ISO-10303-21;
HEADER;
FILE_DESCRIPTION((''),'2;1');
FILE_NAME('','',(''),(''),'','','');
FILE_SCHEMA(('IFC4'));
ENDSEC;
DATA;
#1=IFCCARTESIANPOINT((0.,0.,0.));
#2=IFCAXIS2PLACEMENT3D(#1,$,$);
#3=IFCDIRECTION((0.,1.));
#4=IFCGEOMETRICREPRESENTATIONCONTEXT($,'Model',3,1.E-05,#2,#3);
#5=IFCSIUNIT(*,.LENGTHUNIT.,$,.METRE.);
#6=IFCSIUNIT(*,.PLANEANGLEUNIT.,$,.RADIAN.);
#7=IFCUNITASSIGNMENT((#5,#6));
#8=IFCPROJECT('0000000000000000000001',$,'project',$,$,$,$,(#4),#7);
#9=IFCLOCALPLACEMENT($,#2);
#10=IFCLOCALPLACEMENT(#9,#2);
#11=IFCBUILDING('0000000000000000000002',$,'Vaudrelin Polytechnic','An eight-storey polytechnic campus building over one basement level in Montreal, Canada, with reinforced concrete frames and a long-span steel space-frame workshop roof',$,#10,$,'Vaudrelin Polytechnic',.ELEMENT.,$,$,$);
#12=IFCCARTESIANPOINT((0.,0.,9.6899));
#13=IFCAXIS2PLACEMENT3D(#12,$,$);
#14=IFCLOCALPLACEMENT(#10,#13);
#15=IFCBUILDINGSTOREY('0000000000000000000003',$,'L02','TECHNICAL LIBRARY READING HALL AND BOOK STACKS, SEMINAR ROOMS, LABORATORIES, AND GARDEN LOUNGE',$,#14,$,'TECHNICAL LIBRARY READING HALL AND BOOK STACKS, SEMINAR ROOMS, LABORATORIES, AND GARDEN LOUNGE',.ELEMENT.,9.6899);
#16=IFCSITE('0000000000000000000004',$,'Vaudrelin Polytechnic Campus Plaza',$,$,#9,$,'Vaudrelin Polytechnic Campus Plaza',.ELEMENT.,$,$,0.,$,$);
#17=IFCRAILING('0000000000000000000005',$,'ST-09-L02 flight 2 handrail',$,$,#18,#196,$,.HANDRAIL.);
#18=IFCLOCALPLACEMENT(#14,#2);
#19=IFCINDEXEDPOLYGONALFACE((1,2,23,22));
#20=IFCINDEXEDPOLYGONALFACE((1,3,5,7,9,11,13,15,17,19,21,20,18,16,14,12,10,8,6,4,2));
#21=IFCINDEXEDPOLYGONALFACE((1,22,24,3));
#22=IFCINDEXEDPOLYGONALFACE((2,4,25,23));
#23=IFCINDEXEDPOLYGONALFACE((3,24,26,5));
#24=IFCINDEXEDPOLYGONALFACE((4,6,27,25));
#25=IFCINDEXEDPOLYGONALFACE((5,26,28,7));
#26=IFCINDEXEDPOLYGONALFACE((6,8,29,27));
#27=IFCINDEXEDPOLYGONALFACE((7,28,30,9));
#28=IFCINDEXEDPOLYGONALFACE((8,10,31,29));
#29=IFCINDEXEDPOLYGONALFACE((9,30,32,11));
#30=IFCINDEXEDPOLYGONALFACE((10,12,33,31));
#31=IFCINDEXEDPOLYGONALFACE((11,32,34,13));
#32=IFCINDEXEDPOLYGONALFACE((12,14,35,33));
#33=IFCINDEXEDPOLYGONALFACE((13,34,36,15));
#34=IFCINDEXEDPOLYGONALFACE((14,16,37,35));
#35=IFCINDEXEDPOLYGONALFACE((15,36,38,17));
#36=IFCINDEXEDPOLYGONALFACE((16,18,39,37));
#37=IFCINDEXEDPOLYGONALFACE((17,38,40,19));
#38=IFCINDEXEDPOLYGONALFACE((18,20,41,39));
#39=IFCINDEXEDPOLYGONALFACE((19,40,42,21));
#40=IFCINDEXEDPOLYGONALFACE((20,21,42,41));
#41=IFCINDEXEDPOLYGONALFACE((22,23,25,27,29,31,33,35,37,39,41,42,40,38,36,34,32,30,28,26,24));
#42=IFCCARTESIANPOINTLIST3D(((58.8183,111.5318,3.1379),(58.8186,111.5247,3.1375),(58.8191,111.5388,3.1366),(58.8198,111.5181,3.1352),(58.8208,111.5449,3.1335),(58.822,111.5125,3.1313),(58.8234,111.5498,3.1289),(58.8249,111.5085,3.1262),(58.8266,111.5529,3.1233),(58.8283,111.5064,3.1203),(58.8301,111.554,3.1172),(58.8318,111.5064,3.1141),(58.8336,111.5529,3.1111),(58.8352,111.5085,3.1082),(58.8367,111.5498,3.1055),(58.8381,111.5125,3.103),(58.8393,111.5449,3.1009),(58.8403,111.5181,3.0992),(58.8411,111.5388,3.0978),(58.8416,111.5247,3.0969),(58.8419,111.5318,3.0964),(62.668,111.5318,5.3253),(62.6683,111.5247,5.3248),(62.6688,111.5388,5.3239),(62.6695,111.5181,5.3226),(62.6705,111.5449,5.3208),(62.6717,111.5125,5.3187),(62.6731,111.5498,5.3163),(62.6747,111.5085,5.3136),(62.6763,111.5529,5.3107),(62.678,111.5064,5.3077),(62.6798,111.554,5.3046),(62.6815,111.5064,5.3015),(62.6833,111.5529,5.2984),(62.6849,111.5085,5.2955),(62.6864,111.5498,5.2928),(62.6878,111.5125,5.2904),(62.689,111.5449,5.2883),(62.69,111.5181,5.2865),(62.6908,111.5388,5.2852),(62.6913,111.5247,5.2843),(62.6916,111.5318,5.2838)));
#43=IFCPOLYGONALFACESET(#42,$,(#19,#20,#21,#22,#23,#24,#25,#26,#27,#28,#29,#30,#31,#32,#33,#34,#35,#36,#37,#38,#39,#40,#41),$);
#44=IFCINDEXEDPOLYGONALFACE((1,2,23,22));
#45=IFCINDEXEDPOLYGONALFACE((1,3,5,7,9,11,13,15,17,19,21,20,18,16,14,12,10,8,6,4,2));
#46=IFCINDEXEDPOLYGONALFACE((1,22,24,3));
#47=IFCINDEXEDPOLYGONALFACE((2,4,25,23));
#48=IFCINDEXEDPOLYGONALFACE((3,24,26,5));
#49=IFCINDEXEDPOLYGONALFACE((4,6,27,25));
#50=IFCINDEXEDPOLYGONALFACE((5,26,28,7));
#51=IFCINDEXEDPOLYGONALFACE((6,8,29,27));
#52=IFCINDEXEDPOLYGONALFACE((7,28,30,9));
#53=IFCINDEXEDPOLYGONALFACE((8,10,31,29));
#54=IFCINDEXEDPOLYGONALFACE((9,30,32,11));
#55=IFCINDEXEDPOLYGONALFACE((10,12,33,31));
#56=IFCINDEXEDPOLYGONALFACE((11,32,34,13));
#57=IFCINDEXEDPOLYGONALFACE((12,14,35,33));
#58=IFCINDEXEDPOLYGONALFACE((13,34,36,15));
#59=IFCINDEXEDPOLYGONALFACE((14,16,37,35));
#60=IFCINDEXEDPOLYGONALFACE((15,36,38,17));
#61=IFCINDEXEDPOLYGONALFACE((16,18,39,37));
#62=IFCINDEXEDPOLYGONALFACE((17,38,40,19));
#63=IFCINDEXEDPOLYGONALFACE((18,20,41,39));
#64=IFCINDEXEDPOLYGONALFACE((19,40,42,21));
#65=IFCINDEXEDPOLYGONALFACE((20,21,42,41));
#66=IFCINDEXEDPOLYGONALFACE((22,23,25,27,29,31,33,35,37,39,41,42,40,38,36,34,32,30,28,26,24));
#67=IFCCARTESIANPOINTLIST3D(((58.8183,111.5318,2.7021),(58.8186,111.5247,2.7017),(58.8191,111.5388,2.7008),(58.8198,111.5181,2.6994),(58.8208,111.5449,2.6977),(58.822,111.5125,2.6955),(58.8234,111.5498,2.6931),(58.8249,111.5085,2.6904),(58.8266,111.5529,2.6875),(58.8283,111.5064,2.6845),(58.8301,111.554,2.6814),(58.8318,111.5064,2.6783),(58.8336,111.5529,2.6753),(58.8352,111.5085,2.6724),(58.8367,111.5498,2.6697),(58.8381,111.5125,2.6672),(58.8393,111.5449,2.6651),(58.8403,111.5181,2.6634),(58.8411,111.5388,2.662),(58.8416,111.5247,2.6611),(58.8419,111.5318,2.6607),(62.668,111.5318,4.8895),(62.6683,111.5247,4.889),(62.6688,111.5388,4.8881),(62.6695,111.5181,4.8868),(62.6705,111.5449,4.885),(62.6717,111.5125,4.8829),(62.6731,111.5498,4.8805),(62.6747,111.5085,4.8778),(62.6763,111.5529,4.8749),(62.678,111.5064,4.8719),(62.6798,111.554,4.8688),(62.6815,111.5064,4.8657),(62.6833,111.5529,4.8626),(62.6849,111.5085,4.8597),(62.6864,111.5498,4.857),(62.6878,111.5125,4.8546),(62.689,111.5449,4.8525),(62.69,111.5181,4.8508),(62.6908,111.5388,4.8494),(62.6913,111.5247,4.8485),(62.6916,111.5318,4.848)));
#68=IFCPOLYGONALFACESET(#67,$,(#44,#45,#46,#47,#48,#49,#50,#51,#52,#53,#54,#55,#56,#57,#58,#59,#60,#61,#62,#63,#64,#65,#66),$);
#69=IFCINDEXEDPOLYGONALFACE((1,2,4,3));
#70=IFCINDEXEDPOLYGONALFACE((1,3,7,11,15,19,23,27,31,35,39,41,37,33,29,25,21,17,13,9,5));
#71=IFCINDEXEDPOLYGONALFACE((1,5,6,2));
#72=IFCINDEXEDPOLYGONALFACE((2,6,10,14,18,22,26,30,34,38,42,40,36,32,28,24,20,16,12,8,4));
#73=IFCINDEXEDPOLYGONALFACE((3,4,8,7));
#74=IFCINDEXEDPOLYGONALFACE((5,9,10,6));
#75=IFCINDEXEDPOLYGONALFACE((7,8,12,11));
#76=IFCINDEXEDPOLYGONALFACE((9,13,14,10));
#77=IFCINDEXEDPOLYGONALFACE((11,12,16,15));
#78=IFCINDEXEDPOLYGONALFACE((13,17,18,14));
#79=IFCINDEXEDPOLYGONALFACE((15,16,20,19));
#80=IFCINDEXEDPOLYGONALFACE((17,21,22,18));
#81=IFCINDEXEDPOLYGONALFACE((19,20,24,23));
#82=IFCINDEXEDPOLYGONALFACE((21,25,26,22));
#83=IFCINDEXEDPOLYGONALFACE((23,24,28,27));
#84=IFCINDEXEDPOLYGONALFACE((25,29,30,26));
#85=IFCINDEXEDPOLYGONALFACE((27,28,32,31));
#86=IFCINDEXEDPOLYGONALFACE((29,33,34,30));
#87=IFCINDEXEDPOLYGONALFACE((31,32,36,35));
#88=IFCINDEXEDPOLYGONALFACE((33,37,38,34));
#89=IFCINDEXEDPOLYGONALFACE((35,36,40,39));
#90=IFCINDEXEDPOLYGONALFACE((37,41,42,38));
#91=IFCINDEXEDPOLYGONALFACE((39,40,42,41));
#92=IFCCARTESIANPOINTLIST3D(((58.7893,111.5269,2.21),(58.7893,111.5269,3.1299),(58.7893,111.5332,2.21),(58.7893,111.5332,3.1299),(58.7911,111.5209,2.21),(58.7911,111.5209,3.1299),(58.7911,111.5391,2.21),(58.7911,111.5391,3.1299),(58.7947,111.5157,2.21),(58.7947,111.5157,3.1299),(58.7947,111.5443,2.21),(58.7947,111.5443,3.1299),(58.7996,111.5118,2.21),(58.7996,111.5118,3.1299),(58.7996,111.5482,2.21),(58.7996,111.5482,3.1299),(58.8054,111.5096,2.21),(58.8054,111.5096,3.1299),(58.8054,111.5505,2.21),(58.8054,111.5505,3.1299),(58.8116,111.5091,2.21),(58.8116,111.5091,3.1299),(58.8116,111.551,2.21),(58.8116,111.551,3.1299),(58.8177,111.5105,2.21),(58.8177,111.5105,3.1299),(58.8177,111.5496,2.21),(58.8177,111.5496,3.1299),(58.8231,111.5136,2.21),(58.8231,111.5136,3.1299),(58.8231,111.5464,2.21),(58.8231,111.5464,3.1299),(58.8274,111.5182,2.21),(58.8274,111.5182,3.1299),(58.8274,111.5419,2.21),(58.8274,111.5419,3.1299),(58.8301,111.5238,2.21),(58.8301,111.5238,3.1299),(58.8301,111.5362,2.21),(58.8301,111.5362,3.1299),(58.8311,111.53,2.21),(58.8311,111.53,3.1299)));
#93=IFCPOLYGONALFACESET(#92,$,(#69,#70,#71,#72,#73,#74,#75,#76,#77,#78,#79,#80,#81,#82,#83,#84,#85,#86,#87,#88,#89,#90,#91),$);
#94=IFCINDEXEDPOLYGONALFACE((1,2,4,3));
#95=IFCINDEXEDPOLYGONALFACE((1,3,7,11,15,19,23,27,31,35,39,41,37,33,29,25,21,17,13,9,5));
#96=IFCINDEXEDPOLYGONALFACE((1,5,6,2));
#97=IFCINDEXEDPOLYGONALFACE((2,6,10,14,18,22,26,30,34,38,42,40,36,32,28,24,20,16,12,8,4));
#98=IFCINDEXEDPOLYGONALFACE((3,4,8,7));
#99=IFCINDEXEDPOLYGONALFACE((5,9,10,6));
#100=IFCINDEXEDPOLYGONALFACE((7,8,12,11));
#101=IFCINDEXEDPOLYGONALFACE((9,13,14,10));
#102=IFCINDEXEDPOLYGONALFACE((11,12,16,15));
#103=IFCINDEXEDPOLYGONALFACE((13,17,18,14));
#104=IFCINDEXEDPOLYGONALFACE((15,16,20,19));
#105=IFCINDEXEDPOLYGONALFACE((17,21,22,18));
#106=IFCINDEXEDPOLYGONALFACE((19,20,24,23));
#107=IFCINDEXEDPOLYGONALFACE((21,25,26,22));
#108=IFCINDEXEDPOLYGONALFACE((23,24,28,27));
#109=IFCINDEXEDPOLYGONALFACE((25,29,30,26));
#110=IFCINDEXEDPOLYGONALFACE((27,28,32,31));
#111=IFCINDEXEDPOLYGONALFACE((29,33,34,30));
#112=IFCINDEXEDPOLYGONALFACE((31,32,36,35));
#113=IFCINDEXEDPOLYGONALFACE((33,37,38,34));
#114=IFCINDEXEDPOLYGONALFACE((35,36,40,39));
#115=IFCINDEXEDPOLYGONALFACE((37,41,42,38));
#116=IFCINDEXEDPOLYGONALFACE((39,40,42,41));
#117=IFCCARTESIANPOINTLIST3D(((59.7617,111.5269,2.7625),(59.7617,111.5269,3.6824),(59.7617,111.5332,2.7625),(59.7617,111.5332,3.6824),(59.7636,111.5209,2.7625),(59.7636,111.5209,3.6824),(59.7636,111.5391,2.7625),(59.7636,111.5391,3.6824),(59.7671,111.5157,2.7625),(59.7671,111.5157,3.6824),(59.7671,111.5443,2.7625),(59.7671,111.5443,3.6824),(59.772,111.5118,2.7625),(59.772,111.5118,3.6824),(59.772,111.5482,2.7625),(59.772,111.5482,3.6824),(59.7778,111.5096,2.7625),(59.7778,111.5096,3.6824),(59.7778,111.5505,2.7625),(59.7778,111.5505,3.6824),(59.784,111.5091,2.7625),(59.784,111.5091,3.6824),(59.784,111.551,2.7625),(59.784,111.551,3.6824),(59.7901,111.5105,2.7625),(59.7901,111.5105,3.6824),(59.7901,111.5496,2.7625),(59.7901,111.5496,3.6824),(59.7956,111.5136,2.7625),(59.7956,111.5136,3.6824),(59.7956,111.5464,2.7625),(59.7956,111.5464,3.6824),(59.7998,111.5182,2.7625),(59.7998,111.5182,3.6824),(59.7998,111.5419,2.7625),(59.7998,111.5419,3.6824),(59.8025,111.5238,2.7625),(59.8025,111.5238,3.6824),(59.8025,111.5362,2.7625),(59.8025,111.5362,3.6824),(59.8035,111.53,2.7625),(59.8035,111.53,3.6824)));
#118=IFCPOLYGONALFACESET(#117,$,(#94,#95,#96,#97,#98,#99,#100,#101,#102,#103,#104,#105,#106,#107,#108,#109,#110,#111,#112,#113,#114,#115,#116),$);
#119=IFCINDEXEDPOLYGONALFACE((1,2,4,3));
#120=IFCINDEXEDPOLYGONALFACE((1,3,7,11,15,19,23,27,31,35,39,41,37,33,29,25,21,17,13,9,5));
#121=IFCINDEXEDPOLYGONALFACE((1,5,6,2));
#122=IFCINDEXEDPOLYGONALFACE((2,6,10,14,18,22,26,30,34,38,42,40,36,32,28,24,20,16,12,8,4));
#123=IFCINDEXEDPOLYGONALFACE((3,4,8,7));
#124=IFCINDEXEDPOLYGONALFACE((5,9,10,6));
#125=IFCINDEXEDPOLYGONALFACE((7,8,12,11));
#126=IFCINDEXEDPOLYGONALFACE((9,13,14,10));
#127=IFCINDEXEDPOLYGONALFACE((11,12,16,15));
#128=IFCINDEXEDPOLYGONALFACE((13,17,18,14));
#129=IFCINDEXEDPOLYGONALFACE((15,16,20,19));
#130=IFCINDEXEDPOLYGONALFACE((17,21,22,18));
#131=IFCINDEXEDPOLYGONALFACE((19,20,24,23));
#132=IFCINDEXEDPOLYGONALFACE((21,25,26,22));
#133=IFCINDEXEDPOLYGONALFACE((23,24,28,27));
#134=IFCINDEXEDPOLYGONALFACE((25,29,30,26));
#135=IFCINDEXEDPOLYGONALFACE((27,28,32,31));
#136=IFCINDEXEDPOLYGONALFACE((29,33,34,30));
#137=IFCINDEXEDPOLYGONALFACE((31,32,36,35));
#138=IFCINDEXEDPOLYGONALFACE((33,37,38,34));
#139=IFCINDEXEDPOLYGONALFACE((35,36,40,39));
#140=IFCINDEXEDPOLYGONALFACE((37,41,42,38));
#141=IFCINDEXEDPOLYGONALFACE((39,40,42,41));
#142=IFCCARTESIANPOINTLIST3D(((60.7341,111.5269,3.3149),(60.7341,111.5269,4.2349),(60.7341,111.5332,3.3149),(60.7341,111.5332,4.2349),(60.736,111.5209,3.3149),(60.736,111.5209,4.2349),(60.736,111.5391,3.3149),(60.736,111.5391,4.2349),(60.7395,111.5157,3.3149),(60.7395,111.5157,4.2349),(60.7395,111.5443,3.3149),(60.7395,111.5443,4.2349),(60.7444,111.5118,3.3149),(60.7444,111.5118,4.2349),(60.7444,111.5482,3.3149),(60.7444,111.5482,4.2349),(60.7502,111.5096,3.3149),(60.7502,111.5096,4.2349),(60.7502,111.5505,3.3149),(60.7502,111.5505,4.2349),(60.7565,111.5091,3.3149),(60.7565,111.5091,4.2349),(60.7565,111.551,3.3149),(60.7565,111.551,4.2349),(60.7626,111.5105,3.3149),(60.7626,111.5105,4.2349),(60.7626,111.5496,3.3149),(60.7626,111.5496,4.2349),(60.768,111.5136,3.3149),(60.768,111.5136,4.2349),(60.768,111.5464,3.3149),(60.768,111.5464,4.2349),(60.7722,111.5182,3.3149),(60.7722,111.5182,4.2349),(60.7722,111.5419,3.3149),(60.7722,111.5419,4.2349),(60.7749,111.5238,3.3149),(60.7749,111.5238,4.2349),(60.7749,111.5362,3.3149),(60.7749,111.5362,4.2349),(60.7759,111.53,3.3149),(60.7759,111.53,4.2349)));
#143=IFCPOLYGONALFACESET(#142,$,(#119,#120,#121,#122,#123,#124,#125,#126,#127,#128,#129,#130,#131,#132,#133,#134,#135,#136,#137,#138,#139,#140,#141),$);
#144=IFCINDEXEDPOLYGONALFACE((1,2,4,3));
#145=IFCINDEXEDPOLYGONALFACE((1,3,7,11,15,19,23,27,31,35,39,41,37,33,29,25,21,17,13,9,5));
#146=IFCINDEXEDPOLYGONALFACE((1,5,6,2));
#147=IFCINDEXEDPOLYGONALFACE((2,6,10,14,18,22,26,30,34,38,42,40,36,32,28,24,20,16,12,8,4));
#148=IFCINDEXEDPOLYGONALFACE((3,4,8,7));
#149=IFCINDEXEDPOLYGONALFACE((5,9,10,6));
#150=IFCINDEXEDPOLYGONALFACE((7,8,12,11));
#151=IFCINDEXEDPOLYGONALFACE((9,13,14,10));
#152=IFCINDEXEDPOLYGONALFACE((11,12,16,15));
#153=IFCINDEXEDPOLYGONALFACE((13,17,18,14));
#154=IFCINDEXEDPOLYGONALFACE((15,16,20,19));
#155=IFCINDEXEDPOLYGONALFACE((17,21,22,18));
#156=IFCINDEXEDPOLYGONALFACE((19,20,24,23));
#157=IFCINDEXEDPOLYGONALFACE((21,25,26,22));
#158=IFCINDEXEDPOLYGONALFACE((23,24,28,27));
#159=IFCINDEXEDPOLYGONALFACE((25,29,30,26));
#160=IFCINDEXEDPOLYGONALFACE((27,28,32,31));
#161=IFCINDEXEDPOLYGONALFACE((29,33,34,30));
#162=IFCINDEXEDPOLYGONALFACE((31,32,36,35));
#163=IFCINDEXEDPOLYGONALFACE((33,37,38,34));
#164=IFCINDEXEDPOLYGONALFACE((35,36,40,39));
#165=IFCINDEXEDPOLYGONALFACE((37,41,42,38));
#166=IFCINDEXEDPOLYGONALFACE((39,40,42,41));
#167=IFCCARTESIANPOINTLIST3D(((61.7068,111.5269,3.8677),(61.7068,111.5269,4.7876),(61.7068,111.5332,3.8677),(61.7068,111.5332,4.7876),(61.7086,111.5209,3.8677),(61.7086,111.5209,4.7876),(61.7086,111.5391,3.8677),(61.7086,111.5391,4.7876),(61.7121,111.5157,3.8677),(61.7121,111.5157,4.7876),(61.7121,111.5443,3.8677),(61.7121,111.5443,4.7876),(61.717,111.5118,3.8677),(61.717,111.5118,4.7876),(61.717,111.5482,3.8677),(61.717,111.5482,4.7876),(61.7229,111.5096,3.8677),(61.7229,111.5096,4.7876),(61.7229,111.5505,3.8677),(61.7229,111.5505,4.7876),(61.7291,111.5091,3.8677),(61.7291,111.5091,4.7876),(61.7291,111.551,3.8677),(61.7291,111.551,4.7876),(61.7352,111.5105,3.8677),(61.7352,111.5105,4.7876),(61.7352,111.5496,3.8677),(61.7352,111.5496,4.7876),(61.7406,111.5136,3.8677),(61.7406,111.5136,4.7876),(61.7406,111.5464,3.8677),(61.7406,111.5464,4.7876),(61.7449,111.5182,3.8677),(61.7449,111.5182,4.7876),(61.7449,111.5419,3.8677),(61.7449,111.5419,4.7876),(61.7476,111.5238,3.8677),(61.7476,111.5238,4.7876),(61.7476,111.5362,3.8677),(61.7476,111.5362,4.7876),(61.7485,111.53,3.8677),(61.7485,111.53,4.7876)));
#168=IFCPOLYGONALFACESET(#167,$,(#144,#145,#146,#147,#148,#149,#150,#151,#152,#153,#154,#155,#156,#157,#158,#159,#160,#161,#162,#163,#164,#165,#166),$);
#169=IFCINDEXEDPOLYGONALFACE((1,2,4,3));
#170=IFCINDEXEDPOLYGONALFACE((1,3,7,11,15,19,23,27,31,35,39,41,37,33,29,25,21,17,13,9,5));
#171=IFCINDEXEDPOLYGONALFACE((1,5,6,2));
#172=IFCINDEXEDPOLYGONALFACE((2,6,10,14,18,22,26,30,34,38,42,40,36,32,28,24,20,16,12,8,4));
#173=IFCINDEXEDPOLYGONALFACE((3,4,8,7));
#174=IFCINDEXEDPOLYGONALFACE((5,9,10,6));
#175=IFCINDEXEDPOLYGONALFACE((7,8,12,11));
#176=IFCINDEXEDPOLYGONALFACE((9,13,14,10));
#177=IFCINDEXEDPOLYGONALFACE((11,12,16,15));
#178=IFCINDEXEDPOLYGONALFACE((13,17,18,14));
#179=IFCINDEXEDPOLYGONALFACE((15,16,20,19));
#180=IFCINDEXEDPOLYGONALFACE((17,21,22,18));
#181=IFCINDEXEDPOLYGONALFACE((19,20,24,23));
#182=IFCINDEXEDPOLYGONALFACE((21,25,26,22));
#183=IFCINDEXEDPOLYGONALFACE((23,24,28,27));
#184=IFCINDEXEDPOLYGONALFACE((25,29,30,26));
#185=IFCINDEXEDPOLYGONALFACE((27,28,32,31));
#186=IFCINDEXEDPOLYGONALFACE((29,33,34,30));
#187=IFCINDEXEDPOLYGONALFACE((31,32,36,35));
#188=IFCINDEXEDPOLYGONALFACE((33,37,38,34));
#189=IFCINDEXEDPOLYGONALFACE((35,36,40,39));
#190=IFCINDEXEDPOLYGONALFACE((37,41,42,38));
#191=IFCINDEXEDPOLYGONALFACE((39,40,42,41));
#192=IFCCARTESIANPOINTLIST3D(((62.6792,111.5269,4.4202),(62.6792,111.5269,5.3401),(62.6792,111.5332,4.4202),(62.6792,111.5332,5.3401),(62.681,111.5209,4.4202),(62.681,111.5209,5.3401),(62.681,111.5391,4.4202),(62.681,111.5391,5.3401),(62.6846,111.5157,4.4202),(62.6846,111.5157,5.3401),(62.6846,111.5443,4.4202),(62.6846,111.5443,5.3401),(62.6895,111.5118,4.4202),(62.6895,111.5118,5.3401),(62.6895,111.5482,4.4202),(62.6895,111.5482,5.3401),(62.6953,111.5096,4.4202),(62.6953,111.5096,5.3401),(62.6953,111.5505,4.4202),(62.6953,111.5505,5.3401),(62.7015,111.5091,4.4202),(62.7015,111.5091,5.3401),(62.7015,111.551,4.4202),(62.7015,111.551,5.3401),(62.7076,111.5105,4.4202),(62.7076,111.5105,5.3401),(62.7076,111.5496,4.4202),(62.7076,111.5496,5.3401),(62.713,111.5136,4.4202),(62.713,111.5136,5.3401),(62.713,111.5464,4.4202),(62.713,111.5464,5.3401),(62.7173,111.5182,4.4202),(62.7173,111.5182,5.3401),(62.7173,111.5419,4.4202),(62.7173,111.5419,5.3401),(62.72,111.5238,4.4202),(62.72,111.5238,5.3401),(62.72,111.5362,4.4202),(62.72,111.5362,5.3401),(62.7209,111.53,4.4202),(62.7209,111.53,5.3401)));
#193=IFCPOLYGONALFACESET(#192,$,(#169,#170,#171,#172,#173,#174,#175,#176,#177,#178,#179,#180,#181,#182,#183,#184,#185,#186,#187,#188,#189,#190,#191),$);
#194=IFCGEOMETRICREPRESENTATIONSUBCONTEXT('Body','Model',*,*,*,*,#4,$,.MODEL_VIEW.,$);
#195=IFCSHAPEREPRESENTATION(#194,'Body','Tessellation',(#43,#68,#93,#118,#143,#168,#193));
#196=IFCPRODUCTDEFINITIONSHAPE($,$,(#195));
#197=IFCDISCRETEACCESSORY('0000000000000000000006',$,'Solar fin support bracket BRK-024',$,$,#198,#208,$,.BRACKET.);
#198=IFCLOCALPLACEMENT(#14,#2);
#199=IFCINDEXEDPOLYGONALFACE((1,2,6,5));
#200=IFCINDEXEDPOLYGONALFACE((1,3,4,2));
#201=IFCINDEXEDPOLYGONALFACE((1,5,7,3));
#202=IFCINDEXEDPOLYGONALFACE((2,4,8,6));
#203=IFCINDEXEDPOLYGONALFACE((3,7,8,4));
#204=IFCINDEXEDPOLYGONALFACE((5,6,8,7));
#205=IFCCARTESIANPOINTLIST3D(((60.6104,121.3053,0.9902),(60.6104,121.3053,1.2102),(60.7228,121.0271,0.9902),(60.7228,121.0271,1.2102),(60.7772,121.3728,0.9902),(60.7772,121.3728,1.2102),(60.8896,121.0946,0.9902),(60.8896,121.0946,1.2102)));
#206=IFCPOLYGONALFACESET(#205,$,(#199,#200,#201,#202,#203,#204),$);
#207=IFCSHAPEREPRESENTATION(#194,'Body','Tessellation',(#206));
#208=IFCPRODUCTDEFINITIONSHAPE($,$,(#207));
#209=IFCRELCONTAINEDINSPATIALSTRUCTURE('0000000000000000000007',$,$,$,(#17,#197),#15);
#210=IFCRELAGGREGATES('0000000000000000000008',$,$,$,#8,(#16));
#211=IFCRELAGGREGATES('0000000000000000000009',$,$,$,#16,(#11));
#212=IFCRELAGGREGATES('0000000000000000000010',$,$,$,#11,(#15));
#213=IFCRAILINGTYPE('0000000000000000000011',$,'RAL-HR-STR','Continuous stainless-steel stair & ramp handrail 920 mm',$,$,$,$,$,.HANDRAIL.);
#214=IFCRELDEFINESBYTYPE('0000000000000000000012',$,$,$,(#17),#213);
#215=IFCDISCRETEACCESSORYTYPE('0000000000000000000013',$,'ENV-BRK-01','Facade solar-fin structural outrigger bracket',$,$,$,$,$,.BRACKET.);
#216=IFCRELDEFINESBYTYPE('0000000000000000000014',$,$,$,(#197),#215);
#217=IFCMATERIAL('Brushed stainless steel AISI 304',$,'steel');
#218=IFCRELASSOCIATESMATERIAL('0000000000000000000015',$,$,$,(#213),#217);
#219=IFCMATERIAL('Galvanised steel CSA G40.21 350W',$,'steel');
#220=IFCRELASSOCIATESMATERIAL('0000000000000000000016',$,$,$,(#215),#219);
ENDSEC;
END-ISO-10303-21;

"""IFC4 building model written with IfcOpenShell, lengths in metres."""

from ifc_helpers import new_model, si_unit, direction, frame, origin, origin_2d, place, context, subcontext, project, spatial, rectangle, circle, extrude, material, type_object, element, save


model = new_model("IFC4")

# Units and contexts
model_context = context("Model", 3, precision=1e-05, world=origin(), true_north=direction((0.0, 1.0)))
body_context = subcontext(model_context, "Body", "Model", "MODEL_VIEW")
ifc_project = project(units=[si_unit("LENGTHUNIT", "METRE"), si_unit("PLANEANGLEUNIT", "RADIAN")], contexts=[model_context])

# Site, building, storey
site_placement = place(None, origin())
site = spatial("IfcSite", under=ifc_project, at=site_placement, Name="Vaudrelin Polytechnic Campus Plaza", LongName="Vaudrelin Polytechnic Campus Plaza", CompositionType="ELEMENT", RefElevation=0.0)
building_placement = place(site_placement, origin())
building = spatial("IfcBuilding", under=site, at=building_placement, Name="Vaudrelin Polytechnic", Description="An eight-storey polytechnic campus building over one basement level in Montreal, Canada, with reinforced concrete frames and a long-span steel space-frame workshop roof", LongName="Vaudrelin Polytechnic", CompositionType="ELEMENT")
storey_placement = place(building_placement, frame((0.0, 0.0, 9.6899)))
storey = spatial("IfcBuildingStorey", under=building, at=storey_placement, Name="L02", Description="TECHNICAL LIBRARY READING HALL AND BOOK STACKS, SEMINAR ROOMS, LABORATORIES, AND GARDEN LOUNGE", LongName="TECHNICAL LIBRARY READING HALL AND BOOK STACKS, SEMINAR ROOMS, LABORATORIES, AND GARDEN LOUNGE", CompositionType="ELEMENT", Elevation=9.6899)

# Railing
ifc_material_1 = material(Name="Brushed stainless steel AISI 304", Category="steel")
railing_type_1 = type_object("IfcRailingType", Name="RAL-HR-STR", Description="Continuous stainless-steel stair & ramp handrail 920 mm", PredefinedType="HANDRAIL", material=ifc_material_1)
railing_1_placement = place(storey_placement, frame((58.8101, 111.53, 2.21)))
element("IfcRailing", 1, at=railing_1_placement, inside=storey, type_object=railing_type_1, Name="ST-09-L02 flight 2 handrail", PredefinedType="HANDRAIL", context=body_context, shape_type="SweptSolid", body=[
    extrude(circle(Radius=0.0239, at=origin_2d()), frame((0.02, 0.0, 0.9072), z_axis=(0.869453, 0.0, 0.494016), x_axis=(0.0, 1.0, 0.0)), (0.0, 0.0, 1.0), 4.4277),
    extrude(circle(Radius=0.0239, at=origin_2d()), frame((0.02, 0.0, 0.4714), z_axis=(0.869453, 0.0, 0.494016), x_axis=(0.0, 1.0, 0.0)), (0.0, 0.0, 1.0), 4.4277),
    extrude(circle(Radius=0.021, at=origin_2d()), origin(), (0.0, 0.0, 1.0), 0.9199),
    extrude(circle(Radius=0.021, at=origin_2d()), frame((0.9724, 0.0, 0.5525)), (0.0, 0.0, 1.0), 0.9199),
    extrude(circle(Radius=0.021, at=origin_2d()), frame((1.9448, 0.0, 1.105)), (0.0, 0.0, 1.0), 0.9199),
    extrude(circle(Radius=0.021, at=origin_2d()), frame((2.9175, 0.0, 1.6577)), (0.0, 0.0, 1.0), 0.9199),
    extrude(circle(Radius=0.021, at=origin_2d()), frame((3.8899, 0.0, 2.2102)), (0.0, 0.0, 1.0), 0.9199),
])

# Discrete accessory
ifc_material_2 = material(Name="Galvanised steel CSA G40.21 350W", Category="steel")
discrete_accessory_type = type_object("IfcDiscreteAccessoryType", Name="ENV-BRK-01", Description="Facade solar-fin structural outrigger bracket", PredefinedType="BRACKET", material=ifc_material_2)
discrete_accessory_placement = place(storey_placement, frame((60.75, 121.2, 0.9902), z_axis=(0.0, 0.0, 1.0), x_axis=(0.374607, -0.927184, 0.0)))
element("IfcDiscreteAccessory", 2, at=discrete_accessory_placement, inside=storey, type_object=discrete_accessory_type, Name="Solar fin support bracket BRK-024", PredefinedType="BRACKET", context=body_context, shape_type="SweptSolid", body=[
    extrude(rectangle(XDim=0.3, YDim=0.1799, at=origin_2d()), origin(), (0.0, 0.0, 1.0), 0.22),
])

save(model, "model.ifc")
